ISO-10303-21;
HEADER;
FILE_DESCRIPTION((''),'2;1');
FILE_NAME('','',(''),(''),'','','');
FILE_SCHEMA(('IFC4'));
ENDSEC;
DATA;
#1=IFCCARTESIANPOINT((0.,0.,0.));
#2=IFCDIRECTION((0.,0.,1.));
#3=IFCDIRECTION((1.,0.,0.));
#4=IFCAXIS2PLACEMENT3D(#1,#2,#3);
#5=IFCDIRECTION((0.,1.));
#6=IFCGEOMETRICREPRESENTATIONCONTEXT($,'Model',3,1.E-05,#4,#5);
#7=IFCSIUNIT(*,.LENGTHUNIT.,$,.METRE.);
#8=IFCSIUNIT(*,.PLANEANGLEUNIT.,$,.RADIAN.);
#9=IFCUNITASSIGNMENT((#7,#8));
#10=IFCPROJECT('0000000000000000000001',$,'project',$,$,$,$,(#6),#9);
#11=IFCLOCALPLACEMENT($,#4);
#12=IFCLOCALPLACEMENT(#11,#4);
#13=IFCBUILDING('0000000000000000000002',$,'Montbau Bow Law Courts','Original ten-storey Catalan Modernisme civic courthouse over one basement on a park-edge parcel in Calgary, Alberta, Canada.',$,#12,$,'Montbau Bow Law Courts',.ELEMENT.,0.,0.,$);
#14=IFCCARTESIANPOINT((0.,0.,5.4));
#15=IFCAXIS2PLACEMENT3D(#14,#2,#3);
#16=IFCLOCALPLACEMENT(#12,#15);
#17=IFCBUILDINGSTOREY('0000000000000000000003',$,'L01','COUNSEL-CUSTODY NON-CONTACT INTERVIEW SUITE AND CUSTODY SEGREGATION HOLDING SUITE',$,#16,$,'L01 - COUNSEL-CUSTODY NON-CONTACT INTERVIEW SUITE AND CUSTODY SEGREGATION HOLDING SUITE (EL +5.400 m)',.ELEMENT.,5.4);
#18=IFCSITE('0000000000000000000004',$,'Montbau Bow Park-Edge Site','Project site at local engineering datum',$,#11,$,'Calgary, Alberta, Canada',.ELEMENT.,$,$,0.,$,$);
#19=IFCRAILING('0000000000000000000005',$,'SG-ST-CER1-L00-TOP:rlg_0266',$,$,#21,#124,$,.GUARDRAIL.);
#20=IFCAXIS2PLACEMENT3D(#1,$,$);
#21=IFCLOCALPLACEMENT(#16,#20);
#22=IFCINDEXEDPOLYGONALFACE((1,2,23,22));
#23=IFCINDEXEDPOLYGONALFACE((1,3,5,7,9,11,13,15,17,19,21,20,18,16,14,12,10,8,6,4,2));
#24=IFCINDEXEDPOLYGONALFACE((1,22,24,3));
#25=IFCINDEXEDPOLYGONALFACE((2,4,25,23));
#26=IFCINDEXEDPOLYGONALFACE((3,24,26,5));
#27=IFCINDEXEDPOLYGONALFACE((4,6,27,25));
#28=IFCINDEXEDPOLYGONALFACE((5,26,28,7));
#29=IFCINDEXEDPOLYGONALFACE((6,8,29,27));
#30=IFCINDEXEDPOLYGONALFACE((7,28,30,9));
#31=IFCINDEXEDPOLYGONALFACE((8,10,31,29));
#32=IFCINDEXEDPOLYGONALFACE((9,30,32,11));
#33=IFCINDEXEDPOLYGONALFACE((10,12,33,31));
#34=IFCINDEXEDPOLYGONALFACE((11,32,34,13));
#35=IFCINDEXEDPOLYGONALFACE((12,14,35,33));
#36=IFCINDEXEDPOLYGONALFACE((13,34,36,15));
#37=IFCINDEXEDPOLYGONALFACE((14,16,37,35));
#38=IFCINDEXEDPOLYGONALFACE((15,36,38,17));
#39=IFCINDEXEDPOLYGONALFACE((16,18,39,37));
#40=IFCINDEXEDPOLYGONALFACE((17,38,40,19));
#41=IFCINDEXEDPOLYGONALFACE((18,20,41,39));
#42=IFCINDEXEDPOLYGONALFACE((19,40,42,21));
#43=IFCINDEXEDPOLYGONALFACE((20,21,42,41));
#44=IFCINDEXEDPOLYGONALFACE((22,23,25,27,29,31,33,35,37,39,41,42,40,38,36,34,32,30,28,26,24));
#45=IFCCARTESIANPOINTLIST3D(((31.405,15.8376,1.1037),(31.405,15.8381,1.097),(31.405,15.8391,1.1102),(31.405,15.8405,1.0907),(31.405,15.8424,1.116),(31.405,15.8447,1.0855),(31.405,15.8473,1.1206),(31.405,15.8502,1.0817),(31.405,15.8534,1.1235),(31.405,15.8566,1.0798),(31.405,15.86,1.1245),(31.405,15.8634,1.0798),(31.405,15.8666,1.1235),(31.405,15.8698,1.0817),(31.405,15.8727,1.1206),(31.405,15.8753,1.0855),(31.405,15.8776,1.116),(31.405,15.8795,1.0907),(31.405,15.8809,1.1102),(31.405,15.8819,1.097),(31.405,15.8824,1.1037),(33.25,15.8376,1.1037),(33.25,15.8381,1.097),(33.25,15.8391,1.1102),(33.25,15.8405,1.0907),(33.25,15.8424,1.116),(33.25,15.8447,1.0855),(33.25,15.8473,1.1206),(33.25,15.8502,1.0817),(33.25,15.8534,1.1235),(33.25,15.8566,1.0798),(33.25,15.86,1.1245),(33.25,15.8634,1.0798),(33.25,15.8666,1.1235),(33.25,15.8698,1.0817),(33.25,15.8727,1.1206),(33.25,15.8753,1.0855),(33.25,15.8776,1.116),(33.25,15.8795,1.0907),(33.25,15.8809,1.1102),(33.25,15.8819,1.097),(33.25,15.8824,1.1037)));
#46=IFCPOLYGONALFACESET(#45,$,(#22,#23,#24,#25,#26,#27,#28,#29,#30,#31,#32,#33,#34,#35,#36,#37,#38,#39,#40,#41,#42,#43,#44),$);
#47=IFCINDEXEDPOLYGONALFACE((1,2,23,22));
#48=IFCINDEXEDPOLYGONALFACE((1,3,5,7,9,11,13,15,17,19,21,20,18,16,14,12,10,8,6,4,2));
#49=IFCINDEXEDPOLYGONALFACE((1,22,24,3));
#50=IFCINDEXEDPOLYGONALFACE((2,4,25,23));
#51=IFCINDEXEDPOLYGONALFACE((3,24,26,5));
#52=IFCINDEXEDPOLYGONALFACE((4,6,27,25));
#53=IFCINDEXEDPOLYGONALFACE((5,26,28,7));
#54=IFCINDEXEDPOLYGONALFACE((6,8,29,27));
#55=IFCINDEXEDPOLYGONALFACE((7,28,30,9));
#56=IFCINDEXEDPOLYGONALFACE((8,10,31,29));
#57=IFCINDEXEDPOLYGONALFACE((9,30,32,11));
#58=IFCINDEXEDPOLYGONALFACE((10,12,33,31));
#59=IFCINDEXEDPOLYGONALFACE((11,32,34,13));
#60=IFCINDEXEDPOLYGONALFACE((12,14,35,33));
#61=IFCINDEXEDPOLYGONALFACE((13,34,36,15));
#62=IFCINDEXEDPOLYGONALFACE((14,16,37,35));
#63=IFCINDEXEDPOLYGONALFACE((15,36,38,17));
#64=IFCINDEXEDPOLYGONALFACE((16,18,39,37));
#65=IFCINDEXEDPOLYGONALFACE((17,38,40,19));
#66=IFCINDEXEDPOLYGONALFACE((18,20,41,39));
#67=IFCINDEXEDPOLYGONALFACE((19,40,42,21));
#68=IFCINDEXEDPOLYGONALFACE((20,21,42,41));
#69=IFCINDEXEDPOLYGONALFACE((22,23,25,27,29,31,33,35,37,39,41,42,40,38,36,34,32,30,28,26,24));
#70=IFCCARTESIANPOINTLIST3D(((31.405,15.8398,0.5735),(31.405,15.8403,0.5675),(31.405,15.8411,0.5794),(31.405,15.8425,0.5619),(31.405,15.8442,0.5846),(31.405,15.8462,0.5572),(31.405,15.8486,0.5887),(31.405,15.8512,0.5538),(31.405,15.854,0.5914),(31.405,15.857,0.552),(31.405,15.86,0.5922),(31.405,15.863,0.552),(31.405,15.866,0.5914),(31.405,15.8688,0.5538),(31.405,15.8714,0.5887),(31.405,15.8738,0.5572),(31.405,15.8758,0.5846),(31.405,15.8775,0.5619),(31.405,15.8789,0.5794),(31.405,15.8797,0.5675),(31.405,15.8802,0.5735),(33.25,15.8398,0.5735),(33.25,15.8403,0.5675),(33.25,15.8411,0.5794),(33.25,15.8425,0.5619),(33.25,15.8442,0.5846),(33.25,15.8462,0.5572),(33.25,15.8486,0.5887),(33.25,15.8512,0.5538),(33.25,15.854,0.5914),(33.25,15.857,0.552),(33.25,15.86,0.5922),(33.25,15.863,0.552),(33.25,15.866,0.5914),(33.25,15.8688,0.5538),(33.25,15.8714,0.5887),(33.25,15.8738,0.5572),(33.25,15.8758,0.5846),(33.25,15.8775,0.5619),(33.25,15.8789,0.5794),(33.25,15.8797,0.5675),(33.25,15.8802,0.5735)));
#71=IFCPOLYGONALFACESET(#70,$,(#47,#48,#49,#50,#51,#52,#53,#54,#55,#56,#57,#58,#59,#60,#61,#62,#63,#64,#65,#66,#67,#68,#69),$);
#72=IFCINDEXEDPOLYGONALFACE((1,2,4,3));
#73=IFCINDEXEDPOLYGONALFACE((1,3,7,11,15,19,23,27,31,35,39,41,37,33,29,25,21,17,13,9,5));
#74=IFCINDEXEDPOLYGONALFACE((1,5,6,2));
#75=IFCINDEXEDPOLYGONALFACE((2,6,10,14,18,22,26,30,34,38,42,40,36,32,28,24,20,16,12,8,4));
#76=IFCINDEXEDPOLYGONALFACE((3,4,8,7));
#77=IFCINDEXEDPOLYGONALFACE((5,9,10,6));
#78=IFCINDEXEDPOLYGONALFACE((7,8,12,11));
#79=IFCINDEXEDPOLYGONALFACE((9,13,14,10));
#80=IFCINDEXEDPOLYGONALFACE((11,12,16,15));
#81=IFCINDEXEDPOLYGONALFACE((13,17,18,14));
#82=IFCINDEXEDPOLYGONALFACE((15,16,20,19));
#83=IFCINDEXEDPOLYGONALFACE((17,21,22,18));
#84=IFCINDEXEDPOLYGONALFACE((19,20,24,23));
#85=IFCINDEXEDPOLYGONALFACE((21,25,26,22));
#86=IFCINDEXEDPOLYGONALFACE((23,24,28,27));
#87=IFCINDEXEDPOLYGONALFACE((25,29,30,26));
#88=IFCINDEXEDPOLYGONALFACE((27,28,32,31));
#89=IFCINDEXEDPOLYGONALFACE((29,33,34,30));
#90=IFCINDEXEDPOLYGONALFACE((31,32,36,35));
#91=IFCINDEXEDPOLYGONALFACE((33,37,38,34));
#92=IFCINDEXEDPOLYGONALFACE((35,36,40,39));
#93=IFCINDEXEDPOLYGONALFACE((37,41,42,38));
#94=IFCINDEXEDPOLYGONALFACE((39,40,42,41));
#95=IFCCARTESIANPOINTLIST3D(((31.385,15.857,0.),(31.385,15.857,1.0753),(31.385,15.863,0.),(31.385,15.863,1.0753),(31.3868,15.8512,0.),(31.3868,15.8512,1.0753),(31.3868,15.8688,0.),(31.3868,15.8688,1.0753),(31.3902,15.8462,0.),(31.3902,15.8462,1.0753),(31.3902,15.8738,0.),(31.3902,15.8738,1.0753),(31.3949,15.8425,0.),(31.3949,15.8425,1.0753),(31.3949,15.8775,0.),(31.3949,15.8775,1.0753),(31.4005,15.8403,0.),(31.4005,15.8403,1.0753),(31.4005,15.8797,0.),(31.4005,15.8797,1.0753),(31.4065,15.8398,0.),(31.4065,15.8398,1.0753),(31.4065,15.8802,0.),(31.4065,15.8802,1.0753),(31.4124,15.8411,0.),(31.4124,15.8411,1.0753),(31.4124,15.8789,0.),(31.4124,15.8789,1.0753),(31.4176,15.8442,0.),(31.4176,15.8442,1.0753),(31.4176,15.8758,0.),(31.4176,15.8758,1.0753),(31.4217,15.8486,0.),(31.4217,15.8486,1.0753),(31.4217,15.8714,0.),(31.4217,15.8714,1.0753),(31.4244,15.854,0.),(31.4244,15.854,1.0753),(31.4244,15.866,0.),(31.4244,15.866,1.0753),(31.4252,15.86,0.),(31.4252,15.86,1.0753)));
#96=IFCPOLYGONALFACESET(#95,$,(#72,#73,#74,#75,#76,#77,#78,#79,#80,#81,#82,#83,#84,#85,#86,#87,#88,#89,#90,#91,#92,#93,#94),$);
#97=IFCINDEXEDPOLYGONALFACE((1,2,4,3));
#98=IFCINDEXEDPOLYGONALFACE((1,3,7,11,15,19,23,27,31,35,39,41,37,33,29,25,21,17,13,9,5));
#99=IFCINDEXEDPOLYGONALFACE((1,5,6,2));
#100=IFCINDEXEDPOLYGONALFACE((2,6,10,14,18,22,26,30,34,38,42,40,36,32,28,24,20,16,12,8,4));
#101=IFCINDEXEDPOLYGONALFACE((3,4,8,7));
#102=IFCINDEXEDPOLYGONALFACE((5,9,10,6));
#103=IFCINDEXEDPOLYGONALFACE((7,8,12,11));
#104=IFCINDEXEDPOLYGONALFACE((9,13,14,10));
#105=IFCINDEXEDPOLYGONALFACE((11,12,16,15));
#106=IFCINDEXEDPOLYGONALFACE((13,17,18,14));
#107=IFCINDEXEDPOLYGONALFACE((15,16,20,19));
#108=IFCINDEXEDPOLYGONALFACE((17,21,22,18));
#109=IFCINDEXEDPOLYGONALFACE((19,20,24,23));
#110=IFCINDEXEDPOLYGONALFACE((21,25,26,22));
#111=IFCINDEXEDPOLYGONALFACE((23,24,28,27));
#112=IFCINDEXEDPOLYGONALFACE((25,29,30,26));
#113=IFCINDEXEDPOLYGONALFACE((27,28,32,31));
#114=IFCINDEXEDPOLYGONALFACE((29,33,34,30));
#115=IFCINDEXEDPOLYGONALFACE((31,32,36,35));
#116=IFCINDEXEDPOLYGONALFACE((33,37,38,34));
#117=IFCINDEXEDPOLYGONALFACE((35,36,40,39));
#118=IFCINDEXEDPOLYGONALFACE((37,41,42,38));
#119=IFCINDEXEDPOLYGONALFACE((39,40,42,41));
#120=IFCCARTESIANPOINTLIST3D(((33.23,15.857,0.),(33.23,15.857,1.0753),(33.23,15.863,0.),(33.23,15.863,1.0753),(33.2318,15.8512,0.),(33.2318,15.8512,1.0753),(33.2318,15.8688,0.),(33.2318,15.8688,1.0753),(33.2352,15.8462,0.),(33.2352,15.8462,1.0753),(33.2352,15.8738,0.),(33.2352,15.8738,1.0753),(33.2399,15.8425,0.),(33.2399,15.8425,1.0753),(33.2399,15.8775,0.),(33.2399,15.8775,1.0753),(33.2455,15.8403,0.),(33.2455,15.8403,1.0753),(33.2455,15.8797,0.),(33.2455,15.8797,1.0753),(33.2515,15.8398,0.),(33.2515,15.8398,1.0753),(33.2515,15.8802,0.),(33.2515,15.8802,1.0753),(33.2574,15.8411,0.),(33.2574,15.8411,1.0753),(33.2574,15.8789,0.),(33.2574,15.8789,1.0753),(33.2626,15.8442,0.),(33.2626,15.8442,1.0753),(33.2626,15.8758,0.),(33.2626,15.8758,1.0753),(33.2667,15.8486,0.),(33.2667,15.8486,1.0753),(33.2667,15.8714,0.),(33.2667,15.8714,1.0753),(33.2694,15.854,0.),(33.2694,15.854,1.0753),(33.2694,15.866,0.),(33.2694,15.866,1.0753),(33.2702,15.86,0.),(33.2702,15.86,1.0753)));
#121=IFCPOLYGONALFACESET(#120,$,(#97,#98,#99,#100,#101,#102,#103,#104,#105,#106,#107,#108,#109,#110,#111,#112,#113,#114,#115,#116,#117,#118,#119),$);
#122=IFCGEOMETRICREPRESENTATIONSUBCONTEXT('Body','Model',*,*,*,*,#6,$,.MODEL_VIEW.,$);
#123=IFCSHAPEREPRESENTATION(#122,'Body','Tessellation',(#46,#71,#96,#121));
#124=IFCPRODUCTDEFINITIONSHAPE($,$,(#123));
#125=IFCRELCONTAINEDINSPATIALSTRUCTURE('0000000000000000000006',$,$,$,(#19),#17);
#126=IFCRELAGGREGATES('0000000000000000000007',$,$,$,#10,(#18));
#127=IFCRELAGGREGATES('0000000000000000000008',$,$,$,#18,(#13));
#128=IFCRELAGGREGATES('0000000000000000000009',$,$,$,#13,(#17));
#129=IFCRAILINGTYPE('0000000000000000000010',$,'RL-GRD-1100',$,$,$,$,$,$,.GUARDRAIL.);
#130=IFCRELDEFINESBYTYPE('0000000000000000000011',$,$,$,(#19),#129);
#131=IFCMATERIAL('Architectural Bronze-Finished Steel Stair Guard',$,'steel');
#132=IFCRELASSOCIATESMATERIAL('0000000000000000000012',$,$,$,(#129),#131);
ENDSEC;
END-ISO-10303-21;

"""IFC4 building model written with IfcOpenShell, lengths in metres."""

from ifc_helpers import new_model, si_unit, direction, frame, origin_with_axes, origin_2d_with_axis, place, context, subcontext, project, spatial, circle, extrude, material, type_object, element, save


model = new_model("IFC4")

# Units and contexts
model_context = context("Model", 3, precision=1e-05, world=origin_with_axes(), true_north=direction((0.0, 1.0)))
body_context = subcontext(model_context, "Body", "Model", "MODEL_VIEW")
ifc_project = project(units=[si_unit("LENGTHUNIT", "METRE"), si_unit("PLANEANGLEUNIT", "RADIAN")], contexts=[model_context])

# Site, building, storey
site_placement = place(None, origin_with_axes())
site = spatial("IfcSite", under=ifc_project, at=site_placement, Name="Montbau Bow Park-Edge Site", Description="Project site at local engineering datum", LongName="Calgary, Alberta, Canada", CompositionType="ELEMENT", RefElevation=0.0)
building_placement = place(site_placement, origin_with_axes())
building = spatial("IfcBuilding", under=site, at=building_placement, Name="Montbau Bow Law Courts", Description="Original ten-storey Catalan Modernisme civic courthouse over one basement on a park-edge parcel in Calgary, Alberta, Canada.", LongName="Montbau Bow Law Courts", CompositionType="ELEMENT", ElevationOfRefHeight=0.0, ElevationOfTerrain=0.0)
storey_placement = place(building_placement, frame((0.0, 0.0, 5.4), z_axis=(0.0, 0.0, 1.0), x_axis=(1.0, 0.0, 0.0)))
storey = spatial("IfcBuildingStorey", under=building, at=storey_placement, Name="L01", Description="COUNSEL-CUSTODY NON-CONTACT INTERVIEW SUITE AND CUSTODY SEGREGATION HOLDING SUITE", LongName="L01 - COUNSEL-CUSTODY NON-CONTACT INTERVIEW SUITE AND CUSTODY SEGREGATION HOLDING SUITE (EL +5.400 m)", CompositionType="ELEMENT", Elevation=5.4)

# Railing
ifc_material_1 = material(Name="Architectural Bronze-Finished Steel Stair Guard", Category="steel")
railing_type_1 = type_object("IfcRailingType", Name="RL-GRD-1100", PredefinedType="GUARDRAIL", material=ifc_material_1)
railing_1_placement = place(None, origin_with_axes())
element("IfcRailing", 1, at=railing_1_placement, inside=storey, type_object=railing_type_1, Name="SG-ST-CER1-L00-TOP:rlg_0266", PredefinedType="GUARDRAIL", context=body_context, shape_type="SweptSolid", body=[
    extrude(circle(Radius=0.0225, at=origin_2d_with_axis()), frame((31.405, 15.86, 6.502), z_axis=(1.0, 0.0, 0.0), x_axis=(0.0, 0.0, 1.0)), (0.0, 0.0, 1.0), 1.845),
    extrude(circle(Radius=0.0203, at=origin_2d_with_axis()), frame((31.405, 15.86, 5.972), z_axis=(1.0, 0.0, 0.0), x_axis=(0.0, 0.0, 1.0)), (0.0, 0.0, 1.0), 1.845),
    extrude(circle(Radius=0.0203, at=origin_2d_with_axis()), frame((31.405, 15.86, 5.4), z_axis=(0.0, 0.0, 1.0), x_axis=(1.0, 0.0, 0.0)), (0.0, 0.0, 1.0), 1.0753),
    extrude(circle(Radius=0.0203, at=origin_2d_with_axis()), frame((33.25, 15.86, 5.4), z_axis=(0.0, 0.0, 1.0), x_axis=(1.0, 0.0, 0.0)), (0.0, 0.0, 1.0), 1.0753),
])

save(model, "model.ifc")
